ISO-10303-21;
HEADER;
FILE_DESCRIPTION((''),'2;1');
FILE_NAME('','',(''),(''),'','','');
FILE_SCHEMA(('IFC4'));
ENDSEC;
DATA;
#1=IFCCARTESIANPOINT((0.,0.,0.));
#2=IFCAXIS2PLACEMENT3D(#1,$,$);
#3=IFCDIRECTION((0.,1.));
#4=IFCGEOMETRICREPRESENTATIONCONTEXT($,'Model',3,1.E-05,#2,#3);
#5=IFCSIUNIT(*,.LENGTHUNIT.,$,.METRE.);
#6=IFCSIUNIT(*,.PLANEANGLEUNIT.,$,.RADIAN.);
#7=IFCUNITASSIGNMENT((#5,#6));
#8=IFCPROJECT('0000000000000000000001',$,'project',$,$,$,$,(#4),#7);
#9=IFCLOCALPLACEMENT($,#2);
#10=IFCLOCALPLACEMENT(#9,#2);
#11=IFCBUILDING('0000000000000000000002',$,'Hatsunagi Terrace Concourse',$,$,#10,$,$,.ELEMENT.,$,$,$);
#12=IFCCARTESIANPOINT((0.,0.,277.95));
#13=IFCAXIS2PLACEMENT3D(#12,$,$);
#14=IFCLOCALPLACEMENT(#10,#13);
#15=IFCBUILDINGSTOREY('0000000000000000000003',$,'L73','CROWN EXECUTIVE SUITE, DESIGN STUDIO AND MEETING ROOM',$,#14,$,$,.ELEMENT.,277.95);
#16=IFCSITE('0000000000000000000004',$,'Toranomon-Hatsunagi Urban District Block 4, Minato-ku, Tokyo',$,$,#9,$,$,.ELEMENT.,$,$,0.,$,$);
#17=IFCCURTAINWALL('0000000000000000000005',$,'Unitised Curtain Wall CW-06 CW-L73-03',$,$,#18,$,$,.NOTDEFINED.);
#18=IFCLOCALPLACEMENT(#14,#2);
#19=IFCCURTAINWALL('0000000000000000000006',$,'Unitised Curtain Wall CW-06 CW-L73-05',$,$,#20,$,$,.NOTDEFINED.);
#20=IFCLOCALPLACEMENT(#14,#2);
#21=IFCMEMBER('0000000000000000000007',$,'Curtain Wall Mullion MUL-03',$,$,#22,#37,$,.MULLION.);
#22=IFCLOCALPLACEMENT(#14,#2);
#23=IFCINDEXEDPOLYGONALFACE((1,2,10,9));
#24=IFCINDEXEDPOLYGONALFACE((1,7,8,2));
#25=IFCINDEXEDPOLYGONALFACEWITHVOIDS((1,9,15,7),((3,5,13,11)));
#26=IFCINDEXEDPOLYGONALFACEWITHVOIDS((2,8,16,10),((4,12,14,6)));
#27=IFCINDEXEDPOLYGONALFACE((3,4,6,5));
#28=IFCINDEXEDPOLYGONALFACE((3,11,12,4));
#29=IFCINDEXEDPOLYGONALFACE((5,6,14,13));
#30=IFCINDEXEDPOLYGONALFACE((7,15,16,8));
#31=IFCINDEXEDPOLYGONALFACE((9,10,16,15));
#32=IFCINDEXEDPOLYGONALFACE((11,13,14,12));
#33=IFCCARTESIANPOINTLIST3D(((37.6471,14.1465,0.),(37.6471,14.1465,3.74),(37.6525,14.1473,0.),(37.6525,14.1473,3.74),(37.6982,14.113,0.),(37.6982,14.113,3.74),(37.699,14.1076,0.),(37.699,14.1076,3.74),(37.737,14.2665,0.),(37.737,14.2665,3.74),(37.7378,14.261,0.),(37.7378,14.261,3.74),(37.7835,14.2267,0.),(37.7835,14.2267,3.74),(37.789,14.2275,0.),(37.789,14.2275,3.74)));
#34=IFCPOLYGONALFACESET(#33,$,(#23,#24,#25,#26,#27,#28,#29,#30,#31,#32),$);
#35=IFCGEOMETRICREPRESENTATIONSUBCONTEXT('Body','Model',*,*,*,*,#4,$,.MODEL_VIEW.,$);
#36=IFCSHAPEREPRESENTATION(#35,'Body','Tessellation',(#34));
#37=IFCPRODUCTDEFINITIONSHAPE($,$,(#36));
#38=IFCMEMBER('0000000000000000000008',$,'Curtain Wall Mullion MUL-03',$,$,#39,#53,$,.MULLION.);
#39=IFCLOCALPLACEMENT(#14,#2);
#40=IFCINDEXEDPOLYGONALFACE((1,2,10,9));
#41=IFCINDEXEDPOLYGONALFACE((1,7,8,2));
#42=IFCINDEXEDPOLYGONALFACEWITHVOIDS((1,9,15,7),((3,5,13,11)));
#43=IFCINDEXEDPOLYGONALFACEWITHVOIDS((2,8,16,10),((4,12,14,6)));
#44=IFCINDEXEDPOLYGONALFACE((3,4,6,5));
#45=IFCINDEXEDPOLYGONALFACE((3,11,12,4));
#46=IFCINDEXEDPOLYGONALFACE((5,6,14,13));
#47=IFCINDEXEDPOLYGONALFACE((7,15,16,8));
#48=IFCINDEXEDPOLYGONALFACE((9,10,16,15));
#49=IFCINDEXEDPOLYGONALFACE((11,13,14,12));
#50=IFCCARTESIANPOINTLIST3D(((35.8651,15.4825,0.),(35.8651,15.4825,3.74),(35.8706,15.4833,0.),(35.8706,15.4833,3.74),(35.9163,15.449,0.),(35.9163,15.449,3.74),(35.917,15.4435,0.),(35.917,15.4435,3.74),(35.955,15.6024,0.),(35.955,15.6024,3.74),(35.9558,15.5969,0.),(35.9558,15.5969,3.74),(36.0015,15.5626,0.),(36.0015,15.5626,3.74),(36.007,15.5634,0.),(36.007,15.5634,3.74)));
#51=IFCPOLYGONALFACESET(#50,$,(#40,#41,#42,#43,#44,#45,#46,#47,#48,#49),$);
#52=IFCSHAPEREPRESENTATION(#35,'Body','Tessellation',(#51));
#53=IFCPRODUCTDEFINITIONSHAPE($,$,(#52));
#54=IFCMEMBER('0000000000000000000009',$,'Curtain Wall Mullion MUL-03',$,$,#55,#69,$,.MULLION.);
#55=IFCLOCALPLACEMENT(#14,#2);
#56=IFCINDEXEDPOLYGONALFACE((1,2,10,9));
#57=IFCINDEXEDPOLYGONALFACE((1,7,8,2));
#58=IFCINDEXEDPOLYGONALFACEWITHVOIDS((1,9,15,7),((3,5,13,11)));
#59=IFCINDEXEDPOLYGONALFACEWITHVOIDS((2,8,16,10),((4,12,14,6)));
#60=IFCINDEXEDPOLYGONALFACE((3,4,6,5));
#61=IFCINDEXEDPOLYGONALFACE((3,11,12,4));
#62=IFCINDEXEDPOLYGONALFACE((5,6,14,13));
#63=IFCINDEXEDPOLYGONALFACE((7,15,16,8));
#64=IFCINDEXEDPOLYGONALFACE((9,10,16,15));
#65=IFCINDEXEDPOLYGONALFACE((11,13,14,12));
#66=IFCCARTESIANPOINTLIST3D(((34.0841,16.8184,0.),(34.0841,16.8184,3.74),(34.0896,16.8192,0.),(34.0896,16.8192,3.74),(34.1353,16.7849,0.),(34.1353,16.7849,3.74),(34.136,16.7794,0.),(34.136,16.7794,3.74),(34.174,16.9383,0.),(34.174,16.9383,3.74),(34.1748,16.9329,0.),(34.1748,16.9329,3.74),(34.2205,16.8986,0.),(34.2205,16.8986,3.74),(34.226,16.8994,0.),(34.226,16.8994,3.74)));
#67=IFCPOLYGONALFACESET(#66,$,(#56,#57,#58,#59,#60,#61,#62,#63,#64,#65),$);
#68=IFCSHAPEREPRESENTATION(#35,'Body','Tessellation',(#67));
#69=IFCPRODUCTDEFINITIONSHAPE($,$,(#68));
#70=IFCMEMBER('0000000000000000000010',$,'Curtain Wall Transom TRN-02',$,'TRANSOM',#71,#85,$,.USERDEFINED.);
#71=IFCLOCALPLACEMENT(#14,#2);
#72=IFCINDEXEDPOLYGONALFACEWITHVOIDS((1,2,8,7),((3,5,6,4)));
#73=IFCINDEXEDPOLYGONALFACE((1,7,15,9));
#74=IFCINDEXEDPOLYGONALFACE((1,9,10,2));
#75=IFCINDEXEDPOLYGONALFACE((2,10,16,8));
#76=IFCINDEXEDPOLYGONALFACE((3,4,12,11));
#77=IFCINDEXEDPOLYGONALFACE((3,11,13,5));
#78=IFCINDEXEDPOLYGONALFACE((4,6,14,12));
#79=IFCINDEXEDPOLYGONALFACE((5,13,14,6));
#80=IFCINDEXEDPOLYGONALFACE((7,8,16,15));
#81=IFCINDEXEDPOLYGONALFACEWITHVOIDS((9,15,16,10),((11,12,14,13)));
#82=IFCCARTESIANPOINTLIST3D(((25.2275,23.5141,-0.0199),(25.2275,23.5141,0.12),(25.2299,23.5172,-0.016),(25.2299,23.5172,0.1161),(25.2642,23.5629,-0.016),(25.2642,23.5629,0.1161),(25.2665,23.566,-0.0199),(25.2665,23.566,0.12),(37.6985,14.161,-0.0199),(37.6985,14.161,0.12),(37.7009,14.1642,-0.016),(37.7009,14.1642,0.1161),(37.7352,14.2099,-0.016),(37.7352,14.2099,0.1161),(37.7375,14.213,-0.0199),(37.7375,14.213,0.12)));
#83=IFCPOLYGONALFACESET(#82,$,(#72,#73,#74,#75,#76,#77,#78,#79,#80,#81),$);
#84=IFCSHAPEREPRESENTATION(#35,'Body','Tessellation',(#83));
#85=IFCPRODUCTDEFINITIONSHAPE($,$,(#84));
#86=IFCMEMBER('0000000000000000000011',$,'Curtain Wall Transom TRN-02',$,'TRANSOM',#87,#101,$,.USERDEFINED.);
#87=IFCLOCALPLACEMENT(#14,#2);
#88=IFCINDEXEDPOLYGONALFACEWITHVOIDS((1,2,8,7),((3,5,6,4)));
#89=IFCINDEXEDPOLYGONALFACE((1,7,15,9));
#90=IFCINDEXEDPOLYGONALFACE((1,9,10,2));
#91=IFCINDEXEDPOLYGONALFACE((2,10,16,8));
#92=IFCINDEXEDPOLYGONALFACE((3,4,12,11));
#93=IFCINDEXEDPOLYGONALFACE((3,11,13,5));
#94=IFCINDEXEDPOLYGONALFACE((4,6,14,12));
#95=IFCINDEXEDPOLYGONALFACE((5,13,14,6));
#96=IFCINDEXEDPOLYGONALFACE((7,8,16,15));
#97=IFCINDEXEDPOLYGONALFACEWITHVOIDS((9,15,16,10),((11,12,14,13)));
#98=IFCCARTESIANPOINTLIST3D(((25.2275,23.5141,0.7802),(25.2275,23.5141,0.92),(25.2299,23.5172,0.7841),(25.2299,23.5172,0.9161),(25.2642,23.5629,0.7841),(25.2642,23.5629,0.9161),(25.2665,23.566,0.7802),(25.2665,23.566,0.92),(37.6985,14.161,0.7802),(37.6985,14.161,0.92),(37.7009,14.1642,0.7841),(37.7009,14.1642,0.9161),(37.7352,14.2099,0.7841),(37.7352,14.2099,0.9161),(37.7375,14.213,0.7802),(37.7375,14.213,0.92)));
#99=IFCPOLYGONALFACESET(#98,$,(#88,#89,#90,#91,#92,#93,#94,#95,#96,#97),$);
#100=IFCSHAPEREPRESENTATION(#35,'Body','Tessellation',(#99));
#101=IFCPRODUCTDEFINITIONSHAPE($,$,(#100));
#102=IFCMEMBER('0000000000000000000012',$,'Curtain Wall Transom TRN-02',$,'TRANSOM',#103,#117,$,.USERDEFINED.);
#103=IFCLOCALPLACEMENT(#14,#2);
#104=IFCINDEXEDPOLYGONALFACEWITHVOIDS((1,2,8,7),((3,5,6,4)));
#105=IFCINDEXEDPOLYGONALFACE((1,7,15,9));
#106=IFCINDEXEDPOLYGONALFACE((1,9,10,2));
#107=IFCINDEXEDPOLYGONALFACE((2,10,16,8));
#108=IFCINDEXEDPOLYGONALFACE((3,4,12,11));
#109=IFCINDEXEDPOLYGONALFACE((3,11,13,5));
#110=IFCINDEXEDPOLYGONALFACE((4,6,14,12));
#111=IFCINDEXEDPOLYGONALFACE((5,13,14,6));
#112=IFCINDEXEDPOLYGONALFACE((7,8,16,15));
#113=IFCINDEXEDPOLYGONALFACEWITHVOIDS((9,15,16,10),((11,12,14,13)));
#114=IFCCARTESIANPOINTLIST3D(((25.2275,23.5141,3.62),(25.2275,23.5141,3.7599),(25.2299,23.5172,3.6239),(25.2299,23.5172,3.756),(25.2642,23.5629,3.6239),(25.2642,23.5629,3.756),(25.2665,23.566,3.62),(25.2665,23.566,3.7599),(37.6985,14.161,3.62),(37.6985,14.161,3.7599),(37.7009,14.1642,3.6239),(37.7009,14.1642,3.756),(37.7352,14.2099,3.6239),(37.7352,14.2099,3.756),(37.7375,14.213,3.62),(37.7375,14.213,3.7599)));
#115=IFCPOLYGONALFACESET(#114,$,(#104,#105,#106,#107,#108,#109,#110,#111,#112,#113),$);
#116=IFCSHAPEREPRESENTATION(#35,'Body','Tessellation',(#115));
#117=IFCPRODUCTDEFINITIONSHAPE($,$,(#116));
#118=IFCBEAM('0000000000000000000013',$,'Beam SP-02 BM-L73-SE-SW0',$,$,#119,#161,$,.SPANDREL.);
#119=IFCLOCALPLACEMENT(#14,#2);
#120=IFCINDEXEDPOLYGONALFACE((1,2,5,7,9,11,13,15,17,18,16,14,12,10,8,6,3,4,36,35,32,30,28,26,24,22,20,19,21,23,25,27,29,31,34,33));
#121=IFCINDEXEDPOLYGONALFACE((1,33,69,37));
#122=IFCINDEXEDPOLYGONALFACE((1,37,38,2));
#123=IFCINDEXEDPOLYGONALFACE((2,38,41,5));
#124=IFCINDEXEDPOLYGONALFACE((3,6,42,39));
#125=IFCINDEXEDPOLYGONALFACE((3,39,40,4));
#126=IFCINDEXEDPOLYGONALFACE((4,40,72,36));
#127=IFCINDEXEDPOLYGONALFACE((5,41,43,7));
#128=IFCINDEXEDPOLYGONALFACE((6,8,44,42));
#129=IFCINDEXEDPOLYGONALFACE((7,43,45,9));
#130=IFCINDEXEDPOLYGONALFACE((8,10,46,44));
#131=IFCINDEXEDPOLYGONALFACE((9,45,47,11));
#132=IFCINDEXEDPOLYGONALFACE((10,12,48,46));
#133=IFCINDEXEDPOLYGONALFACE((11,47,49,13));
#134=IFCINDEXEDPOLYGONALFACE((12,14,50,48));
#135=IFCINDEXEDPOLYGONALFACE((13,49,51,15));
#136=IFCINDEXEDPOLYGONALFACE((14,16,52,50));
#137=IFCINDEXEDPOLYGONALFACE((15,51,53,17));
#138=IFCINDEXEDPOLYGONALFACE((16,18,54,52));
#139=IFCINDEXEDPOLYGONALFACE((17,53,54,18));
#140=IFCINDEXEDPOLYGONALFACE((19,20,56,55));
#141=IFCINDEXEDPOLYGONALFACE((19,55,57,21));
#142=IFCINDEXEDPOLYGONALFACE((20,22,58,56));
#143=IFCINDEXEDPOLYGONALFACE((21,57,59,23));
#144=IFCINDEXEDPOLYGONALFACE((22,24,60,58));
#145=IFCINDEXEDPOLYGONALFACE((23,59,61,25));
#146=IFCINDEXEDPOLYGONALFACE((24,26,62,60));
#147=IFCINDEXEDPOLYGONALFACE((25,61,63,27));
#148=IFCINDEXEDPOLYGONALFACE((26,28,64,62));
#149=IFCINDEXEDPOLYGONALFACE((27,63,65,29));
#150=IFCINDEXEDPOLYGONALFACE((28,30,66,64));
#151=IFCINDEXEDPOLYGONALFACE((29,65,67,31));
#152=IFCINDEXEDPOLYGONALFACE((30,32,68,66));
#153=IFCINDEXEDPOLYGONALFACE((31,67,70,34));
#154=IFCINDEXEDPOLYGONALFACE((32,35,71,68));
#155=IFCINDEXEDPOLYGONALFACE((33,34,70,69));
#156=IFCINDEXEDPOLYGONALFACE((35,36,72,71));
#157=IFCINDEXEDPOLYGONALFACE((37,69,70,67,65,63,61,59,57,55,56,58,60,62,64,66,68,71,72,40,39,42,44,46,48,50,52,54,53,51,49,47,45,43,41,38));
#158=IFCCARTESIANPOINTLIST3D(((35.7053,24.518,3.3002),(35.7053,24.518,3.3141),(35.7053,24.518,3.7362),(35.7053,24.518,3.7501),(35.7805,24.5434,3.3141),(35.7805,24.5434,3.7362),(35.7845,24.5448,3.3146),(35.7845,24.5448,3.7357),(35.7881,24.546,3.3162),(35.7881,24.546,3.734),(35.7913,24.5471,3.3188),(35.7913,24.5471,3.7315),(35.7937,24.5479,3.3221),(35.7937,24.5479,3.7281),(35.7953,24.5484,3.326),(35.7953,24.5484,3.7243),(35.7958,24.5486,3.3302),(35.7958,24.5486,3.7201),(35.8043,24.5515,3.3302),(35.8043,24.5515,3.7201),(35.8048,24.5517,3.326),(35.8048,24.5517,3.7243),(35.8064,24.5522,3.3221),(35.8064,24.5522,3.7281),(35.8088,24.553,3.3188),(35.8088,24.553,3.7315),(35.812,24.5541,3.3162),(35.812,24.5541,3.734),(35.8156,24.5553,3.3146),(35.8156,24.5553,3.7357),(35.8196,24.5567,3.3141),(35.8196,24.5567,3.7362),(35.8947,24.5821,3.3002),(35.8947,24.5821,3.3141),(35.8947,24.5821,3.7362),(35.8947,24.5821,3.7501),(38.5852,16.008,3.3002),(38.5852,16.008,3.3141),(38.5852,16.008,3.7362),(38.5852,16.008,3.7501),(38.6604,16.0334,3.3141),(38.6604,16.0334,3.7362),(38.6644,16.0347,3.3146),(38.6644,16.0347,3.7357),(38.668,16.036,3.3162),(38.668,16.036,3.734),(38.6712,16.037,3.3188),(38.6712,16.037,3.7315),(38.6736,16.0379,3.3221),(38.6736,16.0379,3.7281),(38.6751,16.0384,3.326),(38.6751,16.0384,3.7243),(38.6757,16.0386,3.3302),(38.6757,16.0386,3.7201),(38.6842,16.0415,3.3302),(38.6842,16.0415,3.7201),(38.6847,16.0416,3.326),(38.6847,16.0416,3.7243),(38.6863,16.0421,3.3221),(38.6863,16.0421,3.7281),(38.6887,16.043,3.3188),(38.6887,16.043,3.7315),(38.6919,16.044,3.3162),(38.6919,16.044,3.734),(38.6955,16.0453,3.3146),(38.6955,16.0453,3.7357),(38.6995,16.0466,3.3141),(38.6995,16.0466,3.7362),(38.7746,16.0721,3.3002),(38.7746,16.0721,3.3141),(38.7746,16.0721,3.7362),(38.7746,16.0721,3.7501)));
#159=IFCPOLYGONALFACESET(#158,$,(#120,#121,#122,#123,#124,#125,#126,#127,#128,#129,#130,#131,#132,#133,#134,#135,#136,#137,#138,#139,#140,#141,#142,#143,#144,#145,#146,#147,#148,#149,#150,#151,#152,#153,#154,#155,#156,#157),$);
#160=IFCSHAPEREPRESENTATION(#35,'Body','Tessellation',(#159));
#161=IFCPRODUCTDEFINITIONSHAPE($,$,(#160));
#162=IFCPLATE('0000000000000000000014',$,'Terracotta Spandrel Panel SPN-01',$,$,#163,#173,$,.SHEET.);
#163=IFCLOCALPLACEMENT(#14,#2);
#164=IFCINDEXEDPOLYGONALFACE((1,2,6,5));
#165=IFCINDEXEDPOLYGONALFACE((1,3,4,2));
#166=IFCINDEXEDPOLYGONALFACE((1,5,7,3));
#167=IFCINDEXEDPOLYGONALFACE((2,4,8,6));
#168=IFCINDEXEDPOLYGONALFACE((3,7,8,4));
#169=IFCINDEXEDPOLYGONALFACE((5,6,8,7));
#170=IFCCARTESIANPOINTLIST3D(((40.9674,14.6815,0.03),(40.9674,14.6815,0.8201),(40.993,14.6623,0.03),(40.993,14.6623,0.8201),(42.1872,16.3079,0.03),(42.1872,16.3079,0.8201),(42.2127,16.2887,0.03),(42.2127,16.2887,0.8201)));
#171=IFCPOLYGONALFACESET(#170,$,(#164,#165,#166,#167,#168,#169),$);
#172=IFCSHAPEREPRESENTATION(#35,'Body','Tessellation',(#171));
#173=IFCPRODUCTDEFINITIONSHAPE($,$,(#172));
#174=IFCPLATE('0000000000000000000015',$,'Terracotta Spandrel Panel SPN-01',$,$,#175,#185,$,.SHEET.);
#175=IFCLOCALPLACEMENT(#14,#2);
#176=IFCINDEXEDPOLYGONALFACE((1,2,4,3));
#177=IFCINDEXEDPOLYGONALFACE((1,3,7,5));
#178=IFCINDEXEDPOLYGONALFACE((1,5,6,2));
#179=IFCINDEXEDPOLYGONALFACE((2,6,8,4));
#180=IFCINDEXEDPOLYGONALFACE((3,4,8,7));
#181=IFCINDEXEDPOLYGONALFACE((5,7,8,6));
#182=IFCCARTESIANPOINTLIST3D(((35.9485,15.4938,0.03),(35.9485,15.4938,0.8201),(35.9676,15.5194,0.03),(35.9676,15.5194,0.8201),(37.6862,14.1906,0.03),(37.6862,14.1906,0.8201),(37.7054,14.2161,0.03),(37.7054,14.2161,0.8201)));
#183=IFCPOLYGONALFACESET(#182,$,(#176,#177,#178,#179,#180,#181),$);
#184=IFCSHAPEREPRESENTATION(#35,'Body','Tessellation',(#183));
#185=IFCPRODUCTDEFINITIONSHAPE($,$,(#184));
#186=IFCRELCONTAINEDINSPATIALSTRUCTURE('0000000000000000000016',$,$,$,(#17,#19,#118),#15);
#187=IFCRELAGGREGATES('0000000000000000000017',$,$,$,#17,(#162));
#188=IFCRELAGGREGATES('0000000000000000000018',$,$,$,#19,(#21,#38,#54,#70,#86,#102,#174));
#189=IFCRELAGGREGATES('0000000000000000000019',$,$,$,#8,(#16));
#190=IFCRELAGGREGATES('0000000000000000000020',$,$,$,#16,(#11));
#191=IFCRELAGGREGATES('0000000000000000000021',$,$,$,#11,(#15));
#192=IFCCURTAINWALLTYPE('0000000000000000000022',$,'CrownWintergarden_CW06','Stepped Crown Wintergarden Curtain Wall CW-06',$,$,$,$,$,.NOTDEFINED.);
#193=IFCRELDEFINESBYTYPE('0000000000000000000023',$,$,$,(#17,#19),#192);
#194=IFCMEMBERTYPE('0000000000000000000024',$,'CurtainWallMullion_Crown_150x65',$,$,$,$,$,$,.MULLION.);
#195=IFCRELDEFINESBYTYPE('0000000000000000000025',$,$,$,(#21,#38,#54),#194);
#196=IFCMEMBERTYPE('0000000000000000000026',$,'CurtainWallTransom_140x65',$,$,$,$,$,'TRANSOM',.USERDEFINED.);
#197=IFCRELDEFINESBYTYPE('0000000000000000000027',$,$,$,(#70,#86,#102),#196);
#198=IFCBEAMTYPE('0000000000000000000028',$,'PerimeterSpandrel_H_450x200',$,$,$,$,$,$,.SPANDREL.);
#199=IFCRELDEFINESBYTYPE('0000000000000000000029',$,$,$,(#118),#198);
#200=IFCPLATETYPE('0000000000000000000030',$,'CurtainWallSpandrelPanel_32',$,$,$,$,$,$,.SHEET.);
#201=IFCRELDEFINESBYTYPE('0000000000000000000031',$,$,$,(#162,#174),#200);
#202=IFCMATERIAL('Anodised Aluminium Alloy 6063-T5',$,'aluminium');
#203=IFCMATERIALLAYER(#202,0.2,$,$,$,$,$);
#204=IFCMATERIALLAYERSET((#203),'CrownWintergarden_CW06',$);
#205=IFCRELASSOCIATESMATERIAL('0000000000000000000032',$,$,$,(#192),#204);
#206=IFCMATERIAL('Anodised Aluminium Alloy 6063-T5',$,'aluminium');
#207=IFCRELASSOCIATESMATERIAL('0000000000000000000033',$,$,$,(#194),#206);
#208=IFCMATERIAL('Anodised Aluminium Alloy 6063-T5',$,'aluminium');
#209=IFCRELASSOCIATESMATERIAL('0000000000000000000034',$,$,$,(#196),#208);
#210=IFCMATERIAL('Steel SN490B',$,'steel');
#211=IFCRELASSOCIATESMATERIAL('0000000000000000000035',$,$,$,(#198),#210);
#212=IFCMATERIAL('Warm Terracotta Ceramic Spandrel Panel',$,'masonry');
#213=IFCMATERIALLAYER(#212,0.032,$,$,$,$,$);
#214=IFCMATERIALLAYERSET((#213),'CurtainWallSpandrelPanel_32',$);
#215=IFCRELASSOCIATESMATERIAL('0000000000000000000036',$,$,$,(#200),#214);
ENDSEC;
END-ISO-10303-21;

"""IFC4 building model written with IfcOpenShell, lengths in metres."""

from ifc_helpers import new_model, si_unit, direction, frame, origin, origin_2d, place, context, subcontext, project, spatial, rectangle, hollow_rectangle, i_section, extrude, material, layer, layer_set, material_profile, profile_set, type_object, element, aggregate, save


model = new_model("IFC4")

# Units and contexts
model_context = context("Model", 3, precision=1e-05, world=origin(), true_north=direction((0.0, 1.0)))
body_context = subcontext(model_context, "Body", "Model", "MODEL_VIEW")
ifc_project = project(units=[si_unit("LENGTHUNIT", "METRE"), si_unit("PLANEANGLEUNIT", "RADIAN")], contexts=[model_context])

# Site, building, storey
site_placement = place(None, origin())
site = spatial("IfcSite", under=ifc_project, at=site_placement, Name="Toranomon-Hatsunagi Urban District Block 4, Minato-ku, Tokyo", CompositionType="ELEMENT", RefElevation=0.0)
building_placement = place(site_placement, origin())
building = spatial("IfcBuilding", under=site, at=building_placement, Name="Hatsunagi Terrace Concourse", CompositionType="ELEMENT")
storey_placement = place(building_placement, frame((0.0, 0.0, 277.95)))
storey = spatial("IfcBuildingStorey", under=building, at=storey_placement, Name="L73", Description="CROWN EXECUTIVE SUITE, DESIGN STUDIO AND MEETING ROOM", CompositionType="ELEMENT", Elevation=277.95)

# Curtain wall
ifc_material_1 = material(Name="Anodised Aluminium Alloy 6063-T5", Category="aluminium")
ifc_layer_1 = layer(ifc_material_1, 0.2)
ifc_layer_set_1 = layer_set([ifc_layer_1], Name="CrownWintergarden_CW06")
curtain_wall_type = type_object("IfcCurtainWallType", Name="CrownWintergarden_CW06", Description="Stepped Crown Wintergarden Curtain Wall CW-06", PredefinedType="NOTDEFINED", material=ifc_layer_set_1)
curtain_wall_1_placement = place(storey_placement, origin())
curtain_wall_1 = element("IfcCurtainWall", 1, at=curtain_wall_1_placement, inside=storey, type_object=curtain_wall_type, Name="Unitised Curtain Wall CW-06 CW-L73-03", PredefinedType="NOTDEFINED")
ifc_material_2 = material(Name="Anodised Aluminium Alloy 6063-T5", Category="aluminium")
ifc_material_profile_1 = material_profile(ifc_material_2, hollow_rectangle(XDim=0.0649, YDim=0.1499, WallThickness=0.0039, at=origin_2d()), Name="ALU-MUL-150x65x4")
ifc_profile_set_1 = profile_set([ifc_material_profile_1], Name="Anodised Aluminium Alloy 6063-T5")
member_type_1 = type_object("IfcMemberType", Name="CurtainWallMullion_Crown_150x65", PredefinedType="MULLION", material=ifc_profile_set_1)

# Curtain wall, members
curtain_wall_2_placement = place(storey_placement, origin())
curtain_wall_2 = element("IfcCurtainWall", 2, at=curtain_wall_2_placement, inside=storey, type_object=curtain_wall_type, Name="Unitised Curtain Wall CW-06 CW-L73-05", PredefinedType="NOTDEFINED")
member_1_placement = place(storey_placement, frame((37.718, 14.187, 0.0), z_axis=(0.0, 0.0, 1.0), x_axis=(-0.800007, 0.59999, 0.0)))
member_1 = element("IfcMember", 3, at=member_1_placement, type_object=member_type_1, Name="Curtain Wall Mullion MUL-03", PredefinedType="MULLION", context=body_context, shape_type="SweptSolid", body=[
    extrude(hollow_rectangle(XDim=0.0649, YDim=0.1499, WallThickness=0.0039, at=origin_2d()), origin(), (0.0, 0.0, 1.0), 3.74),
])
member_2_placement = place(storey_placement, frame((35.936, 15.5229, 0.0), z_axis=(0.0, 0.0, 1.0), x_axis=(-0.800007, 0.59999, 0.0)))
member_2 = element("IfcMember", 4, at=member_2_placement, type_object=member_type_1, Name="Curtain Wall Mullion MUL-03", PredefinedType="MULLION", context=body_context, shape_type="SweptSolid", body=[
    extrude(hollow_rectangle(XDim=0.0649, YDim=0.1499, WallThickness=0.0039, at=origin_2d()), origin(), (0.0, 0.0, 1.0), 3.74),
])
member_3_placement = place(storey_placement, frame((34.155, 16.8589, 0.0), z_axis=(0.0, 0.0, 1.0), x_axis=(-0.800007, 0.59999, 0.0)))
member_3 = element("IfcMember", 5, at=member_3_placement, type_object=member_type_1, Name="Curtain Wall Mullion MUL-03", PredefinedType="MULLION", context=body_context, shape_type="SweptSolid", body=[
    extrude(hollow_rectangle(XDim=0.0649, YDim=0.1499, WallThickness=0.0039, at=origin_2d()), origin(), (0.0, 0.0, 1.0), 3.74),
])
ifc_material_3 = material(Name="Anodised Aluminium Alloy 6063-T5", Category="aluminium")
ifc_material_profile_2 = material_profile(ifc_material_3, hollow_rectangle(XDim=0.0649, YDim=0.1399, WallThickness=0.0039, at=origin_2d()), Name="ALU-TRN-140x65x4")
ifc_profile_set_2 = profile_set([ifc_material_profile_2], Name="Anodised Aluminium Alloy 6063-T5")
member_type_2 = type_object("IfcMemberType", Name="CurtainWallTransom_140x65", ElementType="TRANSOM", PredefinedType="USERDEFINED", material=ifc_profile_set_2)
member_4_placement = place(storey_placement, frame((37.718, 14.187, 0.05), z_axis=(-0.800006, 0.599992, 0.0), x_axis=(-0.599992, -0.800006, 0.0)))
member_4 = element("IfcMember", 6, at=member_4_placement, type_object=member_type_2, Name="Curtain Wall Transom TRN-02", ObjectType="TRANSOM", PredefinedType="USERDEFINED", context=body_context, shape_type="SweptSolid", body=[
    extrude(hollow_rectangle(XDim=0.0649, YDim=0.1399, WallThickness=0.0039, at=origin_2d()), origin(), (0.0, 0.0, 1.0), 15.5886),
])
member_5_placement = place(storey_placement, frame((37.718, 14.187, 0.8501), z_axis=(-0.800006, 0.599992, 0.0), x_axis=(-0.599992, -0.800006, 0.0)))
member_5 = element("IfcMember", 7, at=member_5_placement, type_object=member_type_2, Name="Curtain Wall Transom TRN-02", ObjectType="TRANSOM", PredefinedType="USERDEFINED", context=body_context, shape_type="SweptSolid", body=[
    extrude(hollow_rectangle(XDim=0.0649, YDim=0.1399, WallThickness=0.0039, at=origin_2d()), origin(), (0.0, 0.0, 1.0), 15.5886),
])
member_6_placement = place(storey_placement, frame((37.718, 14.187, 3.6899), z_axis=(-0.800006, 0.599992, 0.0), x_axis=(-0.599992, -0.800006, 0.0)))
member_6 = element("IfcMember", 8, at=member_6_placement, type_object=member_type_2, Name="Curtain Wall Transom TRN-02", ObjectType="TRANSOM", PredefinedType="USERDEFINED", context=body_context, shape_type="SweptSolid", body=[
    extrude(hollow_rectangle(XDim=0.0649, YDim=0.1399, WallThickness=0.0039, at=origin_2d()), origin(), (0.0, 0.0, 1.0), 15.5886),
])

# Beam
ifc_material_4 = material(Name="Steel SN490B", Category="steel")
ifc_material_profile_3 = material_profile(ifc_material_4, i_section(OverallWidth=0.2, OverallDepth=0.45, WebThickness=0.009, FlangeThickness=0.0139, FilletRadius=0.0161, at=origin_2d()), Name="H-450x200x9x14")
ifc_profile_set_3 = profile_set([ifc_material_profile_3], Name="Steel SN490B")
beam_type_1 = type_object("IfcBeamType", Name="PerimeterSpandrel_H_450x200", PredefinedType="SPANDREL", material=ifc_profile_set_3)
beam_1_placement = place(storey_placement, frame((35.8, 24.55, 3.5251), z_axis=(0.320553, -0.94723, 0.0), x_axis=(0.94723, 0.320553, 0.0)))
element("IfcBeam", 9, at=beam_1_placement, inside=storey, type_object=beam_type_1, Name="Beam SP-02 BM-L73-SE-SW0", PredefinedType="SPANDREL", context=body_context, shape_type="SweptSolid", body=[
    extrude(i_section(OverallWidth=0.2, OverallDepth=0.45, WebThickness=0.009, FlangeThickness=0.0139, FilletRadius=0.0161, at=origin_2d()), origin(), (0.0, 0.0, 1.0), 8.9841),
])

# Plates
ifc_material_5 = material(Name="Warm Terracotta Ceramic Spandrel Panel", Category="masonry")
ifc_layer_2 = layer(ifc_material_5, 0.032)
ifc_layer_set_2 = layer_set([ifc_layer_2], Name="CurtainWallSpandrelPanel_32")
plate_type_1 = type_object("IfcPlateType", Name="CurtainWallSpandrelPanel_32", PredefinedType="SHEET", material=ifc_layer_set_2)
plate_1_placement = place(storey_placement, frame((41.5901, 15.4851, 0.03), z_axis=(0.0, 0.0, 1.0), x_axis=(-0.599969, -0.800023, 0.0)))
plate_1 = element("IfcPlate", 10, at=plate_1_placement, type_object=plate_type_1, Name="Terracotta Spandrel Panel SPN-01", PredefinedType="SHEET", context=body_context, shape_type="SweptSolid", body=[
    extrude(rectangle(XDim=2.033, YDim=0.032, at=origin_2d()), origin(), (0.0, 0.0, 1.0), 0.79),
])
aggregate(curtain_wall_1, [plate_1])
plate_2_placement = place(storey_placement, frame((36.8269, 14.855, 0.03), z_axis=(0.0, 0.0, 1.0), x_axis=(-0.800007, 0.59999, 0.0)))
plate_2 = element("IfcPlate", 11, at=plate_2_placement, type_object=plate_type_1, Name="Terracotta Spandrel Panel SPN-01", PredefinedType="SHEET", context=body_context, shape_type="SweptSolid", body=[
    extrude(rectangle(XDim=2.1721, YDim=0.032, at=origin_2d()), origin(), (0.0, 0.0, 1.0), 0.79),
])
aggregate(curtain_wall_2, [member_1, member_2, member_3, member_4, member_5, member_6, plate_2])

save(model, "model.ifc")
